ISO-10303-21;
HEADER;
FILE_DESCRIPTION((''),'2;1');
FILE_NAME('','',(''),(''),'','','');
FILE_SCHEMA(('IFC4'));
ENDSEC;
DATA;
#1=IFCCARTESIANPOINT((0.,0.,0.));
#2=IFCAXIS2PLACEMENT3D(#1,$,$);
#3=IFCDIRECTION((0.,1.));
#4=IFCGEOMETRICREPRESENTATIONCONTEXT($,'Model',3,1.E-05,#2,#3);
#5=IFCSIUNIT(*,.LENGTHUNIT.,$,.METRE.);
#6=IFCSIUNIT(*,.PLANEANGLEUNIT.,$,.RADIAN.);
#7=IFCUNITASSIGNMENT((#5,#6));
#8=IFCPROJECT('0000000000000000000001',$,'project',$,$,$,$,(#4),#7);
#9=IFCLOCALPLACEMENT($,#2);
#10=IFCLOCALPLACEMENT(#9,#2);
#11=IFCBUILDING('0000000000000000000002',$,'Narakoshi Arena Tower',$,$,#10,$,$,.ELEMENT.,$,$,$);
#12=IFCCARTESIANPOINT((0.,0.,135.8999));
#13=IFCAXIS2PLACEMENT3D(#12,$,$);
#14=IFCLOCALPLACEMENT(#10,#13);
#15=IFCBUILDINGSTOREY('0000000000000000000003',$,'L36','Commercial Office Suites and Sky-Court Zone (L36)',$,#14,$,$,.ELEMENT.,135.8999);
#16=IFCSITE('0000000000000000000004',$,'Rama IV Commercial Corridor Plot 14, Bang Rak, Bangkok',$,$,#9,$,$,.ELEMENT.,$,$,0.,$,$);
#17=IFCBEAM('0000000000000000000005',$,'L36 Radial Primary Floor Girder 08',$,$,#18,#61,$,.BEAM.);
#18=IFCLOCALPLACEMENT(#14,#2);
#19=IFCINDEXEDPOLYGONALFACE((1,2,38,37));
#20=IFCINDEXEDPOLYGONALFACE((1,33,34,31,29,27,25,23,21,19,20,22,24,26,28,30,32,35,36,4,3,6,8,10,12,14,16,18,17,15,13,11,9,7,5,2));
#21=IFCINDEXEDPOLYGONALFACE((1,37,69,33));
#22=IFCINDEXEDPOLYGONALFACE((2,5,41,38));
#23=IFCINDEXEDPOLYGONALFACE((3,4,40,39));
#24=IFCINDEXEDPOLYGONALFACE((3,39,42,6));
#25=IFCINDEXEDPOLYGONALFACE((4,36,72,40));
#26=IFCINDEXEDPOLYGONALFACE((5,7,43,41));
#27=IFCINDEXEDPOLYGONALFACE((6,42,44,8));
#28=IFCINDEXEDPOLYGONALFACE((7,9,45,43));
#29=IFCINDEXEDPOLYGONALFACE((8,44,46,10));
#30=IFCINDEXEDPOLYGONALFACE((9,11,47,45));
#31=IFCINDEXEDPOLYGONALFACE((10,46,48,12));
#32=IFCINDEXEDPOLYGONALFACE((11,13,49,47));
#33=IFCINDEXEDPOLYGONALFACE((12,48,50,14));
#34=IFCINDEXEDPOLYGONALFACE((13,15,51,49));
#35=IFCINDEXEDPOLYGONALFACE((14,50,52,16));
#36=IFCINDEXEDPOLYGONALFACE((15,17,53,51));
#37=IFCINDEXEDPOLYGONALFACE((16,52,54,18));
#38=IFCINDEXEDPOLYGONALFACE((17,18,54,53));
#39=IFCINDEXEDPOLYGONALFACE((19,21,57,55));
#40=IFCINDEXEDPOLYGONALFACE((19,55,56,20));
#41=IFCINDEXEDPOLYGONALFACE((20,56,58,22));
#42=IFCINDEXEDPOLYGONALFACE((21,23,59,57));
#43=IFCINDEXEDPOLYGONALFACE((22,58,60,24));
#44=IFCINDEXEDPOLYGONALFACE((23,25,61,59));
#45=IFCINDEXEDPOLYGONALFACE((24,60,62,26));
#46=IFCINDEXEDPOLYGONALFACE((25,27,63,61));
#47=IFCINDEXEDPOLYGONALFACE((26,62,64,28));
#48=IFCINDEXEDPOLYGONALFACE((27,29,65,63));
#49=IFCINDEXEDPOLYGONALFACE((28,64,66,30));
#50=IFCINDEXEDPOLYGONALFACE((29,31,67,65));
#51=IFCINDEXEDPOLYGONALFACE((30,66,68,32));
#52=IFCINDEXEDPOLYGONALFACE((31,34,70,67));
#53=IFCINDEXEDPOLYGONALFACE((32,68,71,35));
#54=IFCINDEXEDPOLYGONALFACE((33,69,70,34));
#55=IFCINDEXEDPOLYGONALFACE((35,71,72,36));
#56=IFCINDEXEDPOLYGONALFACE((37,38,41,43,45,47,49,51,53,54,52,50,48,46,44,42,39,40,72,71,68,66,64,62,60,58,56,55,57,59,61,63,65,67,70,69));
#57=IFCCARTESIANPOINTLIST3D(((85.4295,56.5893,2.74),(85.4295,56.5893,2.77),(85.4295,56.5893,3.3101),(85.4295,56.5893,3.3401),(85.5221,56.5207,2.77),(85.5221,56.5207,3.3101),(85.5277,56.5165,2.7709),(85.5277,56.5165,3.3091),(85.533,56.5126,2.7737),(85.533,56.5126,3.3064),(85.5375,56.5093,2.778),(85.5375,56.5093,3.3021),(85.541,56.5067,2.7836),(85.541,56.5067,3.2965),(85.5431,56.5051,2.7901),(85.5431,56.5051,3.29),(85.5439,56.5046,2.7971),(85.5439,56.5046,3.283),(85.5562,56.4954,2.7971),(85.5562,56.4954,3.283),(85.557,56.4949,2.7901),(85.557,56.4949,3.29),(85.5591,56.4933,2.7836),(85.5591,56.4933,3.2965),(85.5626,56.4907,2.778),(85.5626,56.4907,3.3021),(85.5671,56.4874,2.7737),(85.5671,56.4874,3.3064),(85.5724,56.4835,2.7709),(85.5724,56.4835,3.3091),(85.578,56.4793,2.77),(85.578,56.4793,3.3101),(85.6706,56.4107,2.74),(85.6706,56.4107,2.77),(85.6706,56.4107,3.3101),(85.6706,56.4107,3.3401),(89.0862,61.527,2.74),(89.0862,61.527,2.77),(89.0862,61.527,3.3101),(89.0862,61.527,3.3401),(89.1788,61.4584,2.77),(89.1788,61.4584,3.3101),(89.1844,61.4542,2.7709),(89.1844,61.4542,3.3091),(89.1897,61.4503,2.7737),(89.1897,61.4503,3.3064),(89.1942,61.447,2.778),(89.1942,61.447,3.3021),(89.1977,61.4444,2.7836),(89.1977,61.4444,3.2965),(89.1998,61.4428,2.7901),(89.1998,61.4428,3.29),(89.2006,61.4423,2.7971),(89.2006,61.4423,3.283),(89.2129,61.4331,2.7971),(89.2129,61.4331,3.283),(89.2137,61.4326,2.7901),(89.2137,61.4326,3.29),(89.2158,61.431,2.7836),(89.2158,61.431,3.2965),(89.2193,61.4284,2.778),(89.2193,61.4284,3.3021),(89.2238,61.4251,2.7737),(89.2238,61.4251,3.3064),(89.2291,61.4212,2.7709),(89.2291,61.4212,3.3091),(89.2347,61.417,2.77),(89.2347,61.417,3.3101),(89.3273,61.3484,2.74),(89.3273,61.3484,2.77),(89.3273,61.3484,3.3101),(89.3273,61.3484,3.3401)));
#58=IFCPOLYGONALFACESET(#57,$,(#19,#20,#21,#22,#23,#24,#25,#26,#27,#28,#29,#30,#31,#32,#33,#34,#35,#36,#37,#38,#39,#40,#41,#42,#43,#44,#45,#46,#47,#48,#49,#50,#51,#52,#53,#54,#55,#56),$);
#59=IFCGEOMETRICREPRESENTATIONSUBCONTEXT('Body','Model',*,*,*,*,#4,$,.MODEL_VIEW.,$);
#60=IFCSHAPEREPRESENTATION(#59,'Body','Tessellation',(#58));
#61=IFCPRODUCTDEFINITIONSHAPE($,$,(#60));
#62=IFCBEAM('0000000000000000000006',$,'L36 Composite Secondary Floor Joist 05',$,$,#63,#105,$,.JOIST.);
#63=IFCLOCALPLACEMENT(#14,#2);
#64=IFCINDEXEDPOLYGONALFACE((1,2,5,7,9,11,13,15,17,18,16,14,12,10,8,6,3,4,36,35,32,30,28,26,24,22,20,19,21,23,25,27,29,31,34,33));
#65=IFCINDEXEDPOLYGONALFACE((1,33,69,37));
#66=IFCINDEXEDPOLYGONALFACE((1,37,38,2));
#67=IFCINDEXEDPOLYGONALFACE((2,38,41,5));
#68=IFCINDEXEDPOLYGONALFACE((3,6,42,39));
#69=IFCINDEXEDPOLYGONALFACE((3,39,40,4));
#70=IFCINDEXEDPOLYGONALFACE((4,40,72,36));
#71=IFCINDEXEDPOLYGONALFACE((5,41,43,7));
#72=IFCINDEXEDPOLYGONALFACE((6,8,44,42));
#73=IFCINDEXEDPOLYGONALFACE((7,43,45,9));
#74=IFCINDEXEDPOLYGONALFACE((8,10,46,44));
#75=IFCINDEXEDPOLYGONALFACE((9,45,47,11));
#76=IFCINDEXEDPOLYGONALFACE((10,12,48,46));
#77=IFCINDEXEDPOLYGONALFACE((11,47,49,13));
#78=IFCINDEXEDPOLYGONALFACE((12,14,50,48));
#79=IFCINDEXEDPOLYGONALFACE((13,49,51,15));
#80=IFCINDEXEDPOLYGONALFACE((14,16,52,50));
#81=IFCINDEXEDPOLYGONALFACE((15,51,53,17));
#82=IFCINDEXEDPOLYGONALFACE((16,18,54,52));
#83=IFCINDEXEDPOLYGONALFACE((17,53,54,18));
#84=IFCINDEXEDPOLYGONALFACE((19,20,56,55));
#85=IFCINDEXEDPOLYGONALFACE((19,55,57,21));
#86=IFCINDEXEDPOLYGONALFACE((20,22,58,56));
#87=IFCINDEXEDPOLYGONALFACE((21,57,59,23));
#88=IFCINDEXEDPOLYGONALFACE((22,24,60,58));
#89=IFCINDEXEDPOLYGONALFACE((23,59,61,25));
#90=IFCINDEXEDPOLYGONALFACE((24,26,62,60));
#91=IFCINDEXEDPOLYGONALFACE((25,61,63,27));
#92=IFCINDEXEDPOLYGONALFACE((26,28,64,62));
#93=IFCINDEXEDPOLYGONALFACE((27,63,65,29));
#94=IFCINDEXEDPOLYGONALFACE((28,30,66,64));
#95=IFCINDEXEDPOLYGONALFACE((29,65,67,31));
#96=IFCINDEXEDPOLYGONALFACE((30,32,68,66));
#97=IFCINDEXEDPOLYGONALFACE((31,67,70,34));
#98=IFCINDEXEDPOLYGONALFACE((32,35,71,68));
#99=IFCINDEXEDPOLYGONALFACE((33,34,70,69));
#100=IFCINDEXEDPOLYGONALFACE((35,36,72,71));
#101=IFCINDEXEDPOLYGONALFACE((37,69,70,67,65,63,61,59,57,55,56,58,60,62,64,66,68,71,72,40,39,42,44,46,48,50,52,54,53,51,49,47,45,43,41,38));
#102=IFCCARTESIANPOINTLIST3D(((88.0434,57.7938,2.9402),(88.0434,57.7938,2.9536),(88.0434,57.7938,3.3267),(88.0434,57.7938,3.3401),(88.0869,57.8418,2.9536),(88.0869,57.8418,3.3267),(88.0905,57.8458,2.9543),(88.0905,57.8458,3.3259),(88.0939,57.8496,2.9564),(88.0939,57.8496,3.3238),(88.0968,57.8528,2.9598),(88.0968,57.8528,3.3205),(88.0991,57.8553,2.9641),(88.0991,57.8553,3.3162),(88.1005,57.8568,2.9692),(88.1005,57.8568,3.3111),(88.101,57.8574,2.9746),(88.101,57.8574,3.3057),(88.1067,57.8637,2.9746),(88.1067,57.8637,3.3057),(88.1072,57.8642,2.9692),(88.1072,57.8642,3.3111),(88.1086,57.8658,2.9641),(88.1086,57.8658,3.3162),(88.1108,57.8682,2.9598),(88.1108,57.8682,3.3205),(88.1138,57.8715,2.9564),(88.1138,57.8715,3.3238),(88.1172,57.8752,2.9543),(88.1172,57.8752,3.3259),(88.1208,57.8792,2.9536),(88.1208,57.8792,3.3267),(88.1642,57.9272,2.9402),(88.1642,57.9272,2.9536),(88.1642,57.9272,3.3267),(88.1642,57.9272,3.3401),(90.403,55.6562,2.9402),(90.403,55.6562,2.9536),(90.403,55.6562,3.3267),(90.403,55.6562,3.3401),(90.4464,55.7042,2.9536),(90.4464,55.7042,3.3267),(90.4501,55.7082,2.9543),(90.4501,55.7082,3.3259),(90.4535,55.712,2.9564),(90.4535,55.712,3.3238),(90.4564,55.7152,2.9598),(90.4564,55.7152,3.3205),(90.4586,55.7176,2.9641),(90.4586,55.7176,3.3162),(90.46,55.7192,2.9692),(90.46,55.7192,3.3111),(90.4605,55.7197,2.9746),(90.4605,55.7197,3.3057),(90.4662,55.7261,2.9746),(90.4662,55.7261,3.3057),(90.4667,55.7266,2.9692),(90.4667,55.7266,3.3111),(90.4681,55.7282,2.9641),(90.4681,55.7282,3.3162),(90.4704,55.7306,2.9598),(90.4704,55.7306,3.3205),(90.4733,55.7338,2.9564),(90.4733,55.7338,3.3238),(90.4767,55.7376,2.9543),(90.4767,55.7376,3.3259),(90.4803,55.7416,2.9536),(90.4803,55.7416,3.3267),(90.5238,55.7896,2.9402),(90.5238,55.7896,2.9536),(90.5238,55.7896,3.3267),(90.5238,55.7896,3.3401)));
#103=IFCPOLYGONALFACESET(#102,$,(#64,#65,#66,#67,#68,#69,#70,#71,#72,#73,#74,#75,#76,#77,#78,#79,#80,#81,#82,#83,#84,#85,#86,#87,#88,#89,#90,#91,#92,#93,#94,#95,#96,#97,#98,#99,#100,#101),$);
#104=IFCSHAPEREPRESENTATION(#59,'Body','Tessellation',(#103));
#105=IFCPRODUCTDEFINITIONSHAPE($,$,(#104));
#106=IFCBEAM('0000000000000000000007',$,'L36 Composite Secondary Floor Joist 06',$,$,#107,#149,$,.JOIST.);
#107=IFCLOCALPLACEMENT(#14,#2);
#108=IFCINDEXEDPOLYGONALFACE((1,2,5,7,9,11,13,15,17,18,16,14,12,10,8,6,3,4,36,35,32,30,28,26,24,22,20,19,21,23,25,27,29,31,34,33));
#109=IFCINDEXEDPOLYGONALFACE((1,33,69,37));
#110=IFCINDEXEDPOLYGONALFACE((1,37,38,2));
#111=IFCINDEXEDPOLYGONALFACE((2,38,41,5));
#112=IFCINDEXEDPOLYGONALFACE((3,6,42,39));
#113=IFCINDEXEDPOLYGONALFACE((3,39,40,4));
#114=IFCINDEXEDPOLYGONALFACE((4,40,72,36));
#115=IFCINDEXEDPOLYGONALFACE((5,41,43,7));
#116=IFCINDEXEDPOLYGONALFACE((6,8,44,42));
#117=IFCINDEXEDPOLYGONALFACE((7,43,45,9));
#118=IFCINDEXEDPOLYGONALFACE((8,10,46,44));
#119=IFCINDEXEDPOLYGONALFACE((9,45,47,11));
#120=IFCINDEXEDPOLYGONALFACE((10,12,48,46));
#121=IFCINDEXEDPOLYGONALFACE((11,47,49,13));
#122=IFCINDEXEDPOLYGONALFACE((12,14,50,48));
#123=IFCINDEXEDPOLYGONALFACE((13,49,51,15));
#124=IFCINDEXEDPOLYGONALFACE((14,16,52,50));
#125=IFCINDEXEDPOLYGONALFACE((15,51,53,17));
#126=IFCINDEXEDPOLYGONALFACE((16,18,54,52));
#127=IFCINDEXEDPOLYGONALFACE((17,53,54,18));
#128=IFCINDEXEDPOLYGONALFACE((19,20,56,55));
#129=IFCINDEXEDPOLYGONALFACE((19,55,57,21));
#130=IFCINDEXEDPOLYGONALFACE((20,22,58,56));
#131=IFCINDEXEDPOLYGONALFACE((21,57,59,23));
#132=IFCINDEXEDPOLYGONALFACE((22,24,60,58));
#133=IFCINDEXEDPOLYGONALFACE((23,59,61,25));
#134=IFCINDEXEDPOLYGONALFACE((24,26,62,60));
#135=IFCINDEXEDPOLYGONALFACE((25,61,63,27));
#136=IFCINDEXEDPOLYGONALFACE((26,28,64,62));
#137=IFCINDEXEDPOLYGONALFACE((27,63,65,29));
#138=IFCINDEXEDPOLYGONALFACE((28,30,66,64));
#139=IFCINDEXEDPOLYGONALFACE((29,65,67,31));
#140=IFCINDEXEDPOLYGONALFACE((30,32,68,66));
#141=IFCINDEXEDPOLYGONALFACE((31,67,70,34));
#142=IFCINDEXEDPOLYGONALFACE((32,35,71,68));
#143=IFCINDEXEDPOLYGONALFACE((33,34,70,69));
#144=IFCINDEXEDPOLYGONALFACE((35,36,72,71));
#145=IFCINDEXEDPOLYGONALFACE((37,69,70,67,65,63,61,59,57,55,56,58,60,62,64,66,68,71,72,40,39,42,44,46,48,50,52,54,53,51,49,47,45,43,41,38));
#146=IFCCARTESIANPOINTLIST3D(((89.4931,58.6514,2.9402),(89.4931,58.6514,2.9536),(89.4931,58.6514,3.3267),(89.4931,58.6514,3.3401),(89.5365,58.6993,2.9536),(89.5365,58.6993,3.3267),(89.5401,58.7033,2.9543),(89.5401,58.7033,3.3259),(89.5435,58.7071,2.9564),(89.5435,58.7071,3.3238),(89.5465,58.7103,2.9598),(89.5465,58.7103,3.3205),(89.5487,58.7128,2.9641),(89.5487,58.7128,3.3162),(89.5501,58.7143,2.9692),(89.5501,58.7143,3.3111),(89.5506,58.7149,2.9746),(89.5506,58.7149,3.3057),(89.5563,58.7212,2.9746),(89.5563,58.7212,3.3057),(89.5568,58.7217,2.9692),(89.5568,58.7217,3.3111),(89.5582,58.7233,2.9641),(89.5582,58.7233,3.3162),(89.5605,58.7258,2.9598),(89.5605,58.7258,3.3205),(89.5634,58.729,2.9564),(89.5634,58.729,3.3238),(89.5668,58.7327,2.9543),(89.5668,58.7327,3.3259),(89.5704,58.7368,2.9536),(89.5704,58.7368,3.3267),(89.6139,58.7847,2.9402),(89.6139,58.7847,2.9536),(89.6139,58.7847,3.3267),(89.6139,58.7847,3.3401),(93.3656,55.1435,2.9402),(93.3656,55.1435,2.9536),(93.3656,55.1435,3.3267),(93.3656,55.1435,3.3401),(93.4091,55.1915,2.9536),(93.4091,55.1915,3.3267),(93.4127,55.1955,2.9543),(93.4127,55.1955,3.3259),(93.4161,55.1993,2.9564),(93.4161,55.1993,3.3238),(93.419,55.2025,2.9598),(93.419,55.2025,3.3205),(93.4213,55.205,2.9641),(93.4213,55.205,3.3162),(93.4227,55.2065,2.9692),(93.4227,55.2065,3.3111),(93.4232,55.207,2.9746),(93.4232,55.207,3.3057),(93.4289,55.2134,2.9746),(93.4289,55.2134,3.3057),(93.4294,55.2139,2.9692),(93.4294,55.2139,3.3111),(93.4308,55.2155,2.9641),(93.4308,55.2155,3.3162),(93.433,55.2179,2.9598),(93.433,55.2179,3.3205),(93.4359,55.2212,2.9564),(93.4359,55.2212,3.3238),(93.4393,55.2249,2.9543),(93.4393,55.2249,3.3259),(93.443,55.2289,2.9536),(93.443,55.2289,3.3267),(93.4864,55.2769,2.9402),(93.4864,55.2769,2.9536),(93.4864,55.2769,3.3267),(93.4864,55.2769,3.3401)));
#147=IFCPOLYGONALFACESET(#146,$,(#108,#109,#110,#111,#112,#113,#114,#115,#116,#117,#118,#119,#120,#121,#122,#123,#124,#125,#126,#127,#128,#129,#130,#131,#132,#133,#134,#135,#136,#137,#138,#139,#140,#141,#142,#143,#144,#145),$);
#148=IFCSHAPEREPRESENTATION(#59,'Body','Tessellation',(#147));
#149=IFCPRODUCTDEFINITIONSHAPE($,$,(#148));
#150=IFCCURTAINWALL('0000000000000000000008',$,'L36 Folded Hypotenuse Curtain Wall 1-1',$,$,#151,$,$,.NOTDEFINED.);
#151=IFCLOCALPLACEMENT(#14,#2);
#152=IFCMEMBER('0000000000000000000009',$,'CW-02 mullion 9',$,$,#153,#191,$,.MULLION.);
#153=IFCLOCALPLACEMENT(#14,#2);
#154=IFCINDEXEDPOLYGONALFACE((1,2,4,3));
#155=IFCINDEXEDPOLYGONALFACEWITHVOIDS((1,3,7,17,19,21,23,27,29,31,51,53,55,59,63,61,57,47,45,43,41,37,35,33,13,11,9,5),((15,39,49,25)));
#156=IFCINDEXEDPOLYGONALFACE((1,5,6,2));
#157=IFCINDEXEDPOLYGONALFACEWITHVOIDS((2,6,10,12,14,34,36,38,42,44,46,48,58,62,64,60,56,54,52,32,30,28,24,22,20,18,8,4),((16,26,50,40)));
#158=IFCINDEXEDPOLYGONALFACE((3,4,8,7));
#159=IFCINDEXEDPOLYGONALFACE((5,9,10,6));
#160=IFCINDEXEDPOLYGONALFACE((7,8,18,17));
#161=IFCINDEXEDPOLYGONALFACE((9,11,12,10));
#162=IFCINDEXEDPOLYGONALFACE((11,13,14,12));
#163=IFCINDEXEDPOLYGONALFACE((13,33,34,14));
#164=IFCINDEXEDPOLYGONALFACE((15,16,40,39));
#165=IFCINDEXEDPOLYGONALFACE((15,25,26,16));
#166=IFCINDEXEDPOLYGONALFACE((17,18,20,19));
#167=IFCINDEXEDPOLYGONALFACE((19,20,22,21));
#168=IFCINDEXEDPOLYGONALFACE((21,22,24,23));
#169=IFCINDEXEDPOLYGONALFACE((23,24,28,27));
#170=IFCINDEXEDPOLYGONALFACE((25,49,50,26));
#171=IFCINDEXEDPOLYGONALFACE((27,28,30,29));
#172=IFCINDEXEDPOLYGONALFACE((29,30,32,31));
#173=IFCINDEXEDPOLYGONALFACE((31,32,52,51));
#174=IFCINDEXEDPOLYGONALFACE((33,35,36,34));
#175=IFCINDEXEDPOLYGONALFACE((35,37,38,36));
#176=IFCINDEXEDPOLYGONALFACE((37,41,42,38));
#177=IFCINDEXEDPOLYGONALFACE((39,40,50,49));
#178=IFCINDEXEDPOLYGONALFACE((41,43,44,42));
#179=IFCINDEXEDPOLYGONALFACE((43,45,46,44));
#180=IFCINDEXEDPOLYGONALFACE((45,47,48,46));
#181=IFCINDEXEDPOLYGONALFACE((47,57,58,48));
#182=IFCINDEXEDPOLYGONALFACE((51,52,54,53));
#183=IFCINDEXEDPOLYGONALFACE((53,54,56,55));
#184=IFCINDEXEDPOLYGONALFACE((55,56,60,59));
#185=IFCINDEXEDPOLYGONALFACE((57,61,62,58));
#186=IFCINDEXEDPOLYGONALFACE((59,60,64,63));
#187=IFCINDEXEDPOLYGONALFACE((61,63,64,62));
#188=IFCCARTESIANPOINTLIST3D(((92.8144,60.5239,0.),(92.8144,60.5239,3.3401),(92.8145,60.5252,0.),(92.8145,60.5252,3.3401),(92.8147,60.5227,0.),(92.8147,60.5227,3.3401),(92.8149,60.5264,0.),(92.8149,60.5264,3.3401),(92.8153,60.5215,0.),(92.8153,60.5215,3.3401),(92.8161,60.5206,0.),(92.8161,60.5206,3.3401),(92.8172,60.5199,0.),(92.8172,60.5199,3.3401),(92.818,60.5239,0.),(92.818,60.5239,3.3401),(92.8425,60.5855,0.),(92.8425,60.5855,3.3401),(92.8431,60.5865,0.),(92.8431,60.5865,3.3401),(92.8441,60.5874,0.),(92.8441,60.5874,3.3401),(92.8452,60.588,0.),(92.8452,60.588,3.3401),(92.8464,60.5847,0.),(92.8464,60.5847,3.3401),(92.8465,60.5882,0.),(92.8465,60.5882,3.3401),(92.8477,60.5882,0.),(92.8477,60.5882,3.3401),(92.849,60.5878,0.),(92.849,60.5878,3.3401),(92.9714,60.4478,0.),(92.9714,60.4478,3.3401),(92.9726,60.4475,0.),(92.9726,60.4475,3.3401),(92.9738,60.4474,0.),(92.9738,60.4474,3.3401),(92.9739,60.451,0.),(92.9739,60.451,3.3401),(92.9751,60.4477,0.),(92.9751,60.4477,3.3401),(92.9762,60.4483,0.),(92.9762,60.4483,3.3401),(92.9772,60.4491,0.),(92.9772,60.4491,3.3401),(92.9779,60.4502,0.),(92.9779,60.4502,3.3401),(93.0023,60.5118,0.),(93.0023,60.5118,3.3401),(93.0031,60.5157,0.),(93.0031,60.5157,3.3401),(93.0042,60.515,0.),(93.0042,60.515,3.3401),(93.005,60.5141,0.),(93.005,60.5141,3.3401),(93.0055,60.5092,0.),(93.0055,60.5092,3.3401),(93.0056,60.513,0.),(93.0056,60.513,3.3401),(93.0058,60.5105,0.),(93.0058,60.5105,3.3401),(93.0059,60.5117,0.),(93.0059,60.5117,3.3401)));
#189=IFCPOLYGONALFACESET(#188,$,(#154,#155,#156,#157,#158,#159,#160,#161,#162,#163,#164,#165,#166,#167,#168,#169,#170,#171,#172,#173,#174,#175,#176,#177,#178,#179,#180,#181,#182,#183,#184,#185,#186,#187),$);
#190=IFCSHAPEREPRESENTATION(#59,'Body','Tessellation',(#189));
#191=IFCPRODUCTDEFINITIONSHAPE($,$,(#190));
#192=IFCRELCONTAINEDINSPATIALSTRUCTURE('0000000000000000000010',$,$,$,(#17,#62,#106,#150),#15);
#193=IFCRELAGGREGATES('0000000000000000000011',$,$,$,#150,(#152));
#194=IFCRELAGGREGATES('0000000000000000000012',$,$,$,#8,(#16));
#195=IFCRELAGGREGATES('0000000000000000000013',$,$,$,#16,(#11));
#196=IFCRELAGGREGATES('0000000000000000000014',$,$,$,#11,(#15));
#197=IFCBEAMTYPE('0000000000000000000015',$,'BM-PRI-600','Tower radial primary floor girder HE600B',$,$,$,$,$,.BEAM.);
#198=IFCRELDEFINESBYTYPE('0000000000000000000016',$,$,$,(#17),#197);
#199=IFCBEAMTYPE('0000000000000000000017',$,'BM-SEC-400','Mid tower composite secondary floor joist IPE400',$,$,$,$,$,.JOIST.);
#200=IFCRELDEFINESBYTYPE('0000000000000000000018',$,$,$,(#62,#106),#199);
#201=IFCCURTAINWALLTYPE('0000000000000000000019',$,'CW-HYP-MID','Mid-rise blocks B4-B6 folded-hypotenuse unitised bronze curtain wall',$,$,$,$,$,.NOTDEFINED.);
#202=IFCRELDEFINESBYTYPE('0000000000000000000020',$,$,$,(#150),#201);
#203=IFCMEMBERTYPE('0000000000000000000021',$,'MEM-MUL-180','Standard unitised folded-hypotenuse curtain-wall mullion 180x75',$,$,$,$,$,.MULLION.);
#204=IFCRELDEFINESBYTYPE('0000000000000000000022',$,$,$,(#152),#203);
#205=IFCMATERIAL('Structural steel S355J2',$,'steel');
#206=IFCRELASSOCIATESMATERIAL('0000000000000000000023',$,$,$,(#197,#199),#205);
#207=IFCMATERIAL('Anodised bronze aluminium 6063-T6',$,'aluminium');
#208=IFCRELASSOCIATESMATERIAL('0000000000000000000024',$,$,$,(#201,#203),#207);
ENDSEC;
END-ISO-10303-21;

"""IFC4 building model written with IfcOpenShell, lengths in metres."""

from ifc_helpers import new_model, si_unit, direction, frame, origin, origin_2d, place, context, subcontext, project, spatial, hollow_rectangle, i_section, extrude, material, material_profile, profile_set, type_object, element, aggregate, save


model = new_model("IFC4")

# Units and contexts
model_context = context("Model", 3, precision=1e-05, world=origin(), true_north=direction((0.0, 1.0)))
body_context = subcontext(model_context, "Body", "Model", "MODEL_VIEW")
ifc_project = project(units=[si_unit("LENGTHUNIT", "METRE"), si_unit("PLANEANGLEUNIT", "RADIAN")], contexts=[model_context])

# Site, building, storey
site_placement = place(None, origin())
site = spatial("IfcSite", under=ifc_project, at=site_placement, Name="Rama IV Commercial Corridor Plot 14, Bang Rak, Bangkok", CompositionType="ELEMENT", RefElevation=0.0)
building_placement = place(site_placement, origin())
building = spatial("IfcBuilding", under=site, at=building_placement, Name="Narakoshi Arena Tower", CompositionType="ELEMENT")
storey_placement = place(building_placement, frame((0.0, 0.0, 135.8999)))
storey = spatial("IfcBuildingStorey", under=building, at=storey_placement, Name="L36", Description="Commercial Office Suites and Sky-Court Zone (L36)", CompositionType="ELEMENT", Elevation=135.8999)

# Beams
ifc_material_1 = material(Name="Structural steel S355J2", Category="steel")
ifc_material_profile_1 = material_profile(ifc_material_1, i_section(OverallWidth=0.3, OverallDepth=0.6001, WebThickness=0.0154, FlangeThickness=0.03, FilletRadius=0.0271, at=origin_2d()), Name="HE600B")
ifc_profile_set_1 = profile_set([ifc_material_profile_1], Name="Structural steel S355J2")
beam_type_1 = type_object("IfcBeamType", Name="BM-PRI-600", Description="Tower radial primary floor girder HE600B", PredefinedType="BEAM", material=ifc_profile_set_1)
beam_1_placement = place(storey_placement, frame((85.55, 56.5, 3.04), z_axis=(0.595138, 0.803623, 0.0), x_axis=(-0.803623, 0.595138, 0.0)))
element("IfcBeam", 1, at=beam_1_placement, inside=storey, type_object=beam_type_1, Name="L36 Radial Primary Floor Girder 08", PredefinedType="BEAM", context=body_context, shape_type="SweptSolid", body=[
    extrude(i_section(OverallWidth=0.3, OverallDepth=0.6001, WebThickness=0.0154, FlangeThickness=0.03, FilletRadius=0.0271, at=origin_2d()), origin(), (0.0, 0.0, 1.0), 6.1443),
])
ifc_material_profile_2 = material_profile(ifc_material_1, i_section(OverallWidth=0.1799, OverallDepth=0.3999, WebThickness=0.0085, FlangeThickness=0.0134, FilletRadius=0.021, at=origin_2d()), Name="IPE400")
ifc_profile_set_2 = profile_set([ifc_material_profile_2], Name="Structural steel S355J2")
beam_type_2 = type_object("IfcBeamType", Name="BM-SEC-400", Description="Mid tower composite secondary floor joist IPE400", PredefinedType="JOIST", material=ifc_profile_set_2)
beam_2_placement = place(storey_placement, frame((90.4634, 55.7229, 3.1401), z_axis=(-0.741098, 0.671397, 0.0), x_axis=(-0.671397, -0.741098, 0.0)))
element("IfcBeam", 2, at=beam_2_placement, inside=storey, type_object=beam_type_2, Name="L36 Composite Secondary Floor Joist 05", PredefinedType="JOIST", context=body_context, shape_type="SweptSolid", body=[
    extrude(i_section(OverallWidth=0.1799, OverallDepth=0.3999, WebThickness=0.0085, FlangeThickness=0.0134, FilletRadius=0.021, at=origin_2d()), origin(), (0.0, 0.0, 1.0), 3.1838),
])
beam_3_placement = place(storey_placement, frame((93.426, 55.2102, 3.1401), z_axis=(-0.741148, 0.671341, 0.0), x_axis=(-0.671341, -0.741148, 0.0)))
element("IfcBeam", 3, at=beam_3_placement, inside=storey, type_object=beam_type_2, Name="L36 Composite Secondary Floor Joist 06", PredefinedType="JOIST", context=body_context, shape_type="SweptSolid", body=[
    extrude(i_section(OverallWidth=0.1799, OverallDepth=0.3999, WebThickness=0.0085, FlangeThickness=0.0134, FilletRadius=0.021, at=origin_2d()), origin(), (0.0, 0.0, 1.0), 5.2251),
])

# Curtain wall, member
ifc_material_2 = material(Name="Anodised bronze aluminium 6063-T6", Category="aluminium")
curtain_wall_type = type_object("IfcCurtainWallType", Name="CW-HYP-MID", Description="Mid-rise blocks B4-B6 folded-hypotenuse unitised bronze curtain wall", PredefinedType="NOTDEFINED", material=ifc_material_2)
curtain_wall_1_placement = place(storey_placement, origin())
curtain_wall_1 = element("IfcCurtainWall", 4, at=curtain_wall_1_placement, inside=storey, type_object=curtain_wall_type, Name="L36 Folded Hypotenuse Curtain Wall 1-1", PredefinedType="NOTDEFINED")
ifc_material_profile_3 = material_profile(ifc_material_2, hollow_rectangle(XDim=0.075, YDim=0.1799, WallThickness=0.0039, OuterFilletRadius=0.0049, at=origin_2d()), Name="MUL180x75x4")
ifc_profile_set_3 = profile_set([ifc_material_profile_3], Name="Anodised bronze aluminium 6063-T6")
member_type_1 = type_object("IfcMemberType", Name="MEM-MUL-180", Description="Standard unitised folded-hypotenuse curtain-wall mullion 180x75", PredefinedType="MULLION", material=ifc_profile_set_3)
member_1_placement = place(storey_placement, frame((92.9102, 60.5178, 0.0), z_axis=(0.0, 0.0, 1.0), x_axis=(-0.423532, -0.905881, 0.0)))
member_1 = element("IfcMember", 5, at=member_1_placement, type_object=member_type_1, Name="CW-02 mullion 9", PredefinedType="MULLION", context=body_context, shape_type="SweptSolid", body=[
    extrude(hollow_rectangle(XDim=0.075, YDim=0.1799, WallThickness=0.0039, OuterFilletRadius=0.0049, at=origin_2d()), origin(), (0.0, 0.0, 1.0), 3.3401),
])
aggregate(curtain_wall_1, [member_1])

save(model, "model.ifc")
